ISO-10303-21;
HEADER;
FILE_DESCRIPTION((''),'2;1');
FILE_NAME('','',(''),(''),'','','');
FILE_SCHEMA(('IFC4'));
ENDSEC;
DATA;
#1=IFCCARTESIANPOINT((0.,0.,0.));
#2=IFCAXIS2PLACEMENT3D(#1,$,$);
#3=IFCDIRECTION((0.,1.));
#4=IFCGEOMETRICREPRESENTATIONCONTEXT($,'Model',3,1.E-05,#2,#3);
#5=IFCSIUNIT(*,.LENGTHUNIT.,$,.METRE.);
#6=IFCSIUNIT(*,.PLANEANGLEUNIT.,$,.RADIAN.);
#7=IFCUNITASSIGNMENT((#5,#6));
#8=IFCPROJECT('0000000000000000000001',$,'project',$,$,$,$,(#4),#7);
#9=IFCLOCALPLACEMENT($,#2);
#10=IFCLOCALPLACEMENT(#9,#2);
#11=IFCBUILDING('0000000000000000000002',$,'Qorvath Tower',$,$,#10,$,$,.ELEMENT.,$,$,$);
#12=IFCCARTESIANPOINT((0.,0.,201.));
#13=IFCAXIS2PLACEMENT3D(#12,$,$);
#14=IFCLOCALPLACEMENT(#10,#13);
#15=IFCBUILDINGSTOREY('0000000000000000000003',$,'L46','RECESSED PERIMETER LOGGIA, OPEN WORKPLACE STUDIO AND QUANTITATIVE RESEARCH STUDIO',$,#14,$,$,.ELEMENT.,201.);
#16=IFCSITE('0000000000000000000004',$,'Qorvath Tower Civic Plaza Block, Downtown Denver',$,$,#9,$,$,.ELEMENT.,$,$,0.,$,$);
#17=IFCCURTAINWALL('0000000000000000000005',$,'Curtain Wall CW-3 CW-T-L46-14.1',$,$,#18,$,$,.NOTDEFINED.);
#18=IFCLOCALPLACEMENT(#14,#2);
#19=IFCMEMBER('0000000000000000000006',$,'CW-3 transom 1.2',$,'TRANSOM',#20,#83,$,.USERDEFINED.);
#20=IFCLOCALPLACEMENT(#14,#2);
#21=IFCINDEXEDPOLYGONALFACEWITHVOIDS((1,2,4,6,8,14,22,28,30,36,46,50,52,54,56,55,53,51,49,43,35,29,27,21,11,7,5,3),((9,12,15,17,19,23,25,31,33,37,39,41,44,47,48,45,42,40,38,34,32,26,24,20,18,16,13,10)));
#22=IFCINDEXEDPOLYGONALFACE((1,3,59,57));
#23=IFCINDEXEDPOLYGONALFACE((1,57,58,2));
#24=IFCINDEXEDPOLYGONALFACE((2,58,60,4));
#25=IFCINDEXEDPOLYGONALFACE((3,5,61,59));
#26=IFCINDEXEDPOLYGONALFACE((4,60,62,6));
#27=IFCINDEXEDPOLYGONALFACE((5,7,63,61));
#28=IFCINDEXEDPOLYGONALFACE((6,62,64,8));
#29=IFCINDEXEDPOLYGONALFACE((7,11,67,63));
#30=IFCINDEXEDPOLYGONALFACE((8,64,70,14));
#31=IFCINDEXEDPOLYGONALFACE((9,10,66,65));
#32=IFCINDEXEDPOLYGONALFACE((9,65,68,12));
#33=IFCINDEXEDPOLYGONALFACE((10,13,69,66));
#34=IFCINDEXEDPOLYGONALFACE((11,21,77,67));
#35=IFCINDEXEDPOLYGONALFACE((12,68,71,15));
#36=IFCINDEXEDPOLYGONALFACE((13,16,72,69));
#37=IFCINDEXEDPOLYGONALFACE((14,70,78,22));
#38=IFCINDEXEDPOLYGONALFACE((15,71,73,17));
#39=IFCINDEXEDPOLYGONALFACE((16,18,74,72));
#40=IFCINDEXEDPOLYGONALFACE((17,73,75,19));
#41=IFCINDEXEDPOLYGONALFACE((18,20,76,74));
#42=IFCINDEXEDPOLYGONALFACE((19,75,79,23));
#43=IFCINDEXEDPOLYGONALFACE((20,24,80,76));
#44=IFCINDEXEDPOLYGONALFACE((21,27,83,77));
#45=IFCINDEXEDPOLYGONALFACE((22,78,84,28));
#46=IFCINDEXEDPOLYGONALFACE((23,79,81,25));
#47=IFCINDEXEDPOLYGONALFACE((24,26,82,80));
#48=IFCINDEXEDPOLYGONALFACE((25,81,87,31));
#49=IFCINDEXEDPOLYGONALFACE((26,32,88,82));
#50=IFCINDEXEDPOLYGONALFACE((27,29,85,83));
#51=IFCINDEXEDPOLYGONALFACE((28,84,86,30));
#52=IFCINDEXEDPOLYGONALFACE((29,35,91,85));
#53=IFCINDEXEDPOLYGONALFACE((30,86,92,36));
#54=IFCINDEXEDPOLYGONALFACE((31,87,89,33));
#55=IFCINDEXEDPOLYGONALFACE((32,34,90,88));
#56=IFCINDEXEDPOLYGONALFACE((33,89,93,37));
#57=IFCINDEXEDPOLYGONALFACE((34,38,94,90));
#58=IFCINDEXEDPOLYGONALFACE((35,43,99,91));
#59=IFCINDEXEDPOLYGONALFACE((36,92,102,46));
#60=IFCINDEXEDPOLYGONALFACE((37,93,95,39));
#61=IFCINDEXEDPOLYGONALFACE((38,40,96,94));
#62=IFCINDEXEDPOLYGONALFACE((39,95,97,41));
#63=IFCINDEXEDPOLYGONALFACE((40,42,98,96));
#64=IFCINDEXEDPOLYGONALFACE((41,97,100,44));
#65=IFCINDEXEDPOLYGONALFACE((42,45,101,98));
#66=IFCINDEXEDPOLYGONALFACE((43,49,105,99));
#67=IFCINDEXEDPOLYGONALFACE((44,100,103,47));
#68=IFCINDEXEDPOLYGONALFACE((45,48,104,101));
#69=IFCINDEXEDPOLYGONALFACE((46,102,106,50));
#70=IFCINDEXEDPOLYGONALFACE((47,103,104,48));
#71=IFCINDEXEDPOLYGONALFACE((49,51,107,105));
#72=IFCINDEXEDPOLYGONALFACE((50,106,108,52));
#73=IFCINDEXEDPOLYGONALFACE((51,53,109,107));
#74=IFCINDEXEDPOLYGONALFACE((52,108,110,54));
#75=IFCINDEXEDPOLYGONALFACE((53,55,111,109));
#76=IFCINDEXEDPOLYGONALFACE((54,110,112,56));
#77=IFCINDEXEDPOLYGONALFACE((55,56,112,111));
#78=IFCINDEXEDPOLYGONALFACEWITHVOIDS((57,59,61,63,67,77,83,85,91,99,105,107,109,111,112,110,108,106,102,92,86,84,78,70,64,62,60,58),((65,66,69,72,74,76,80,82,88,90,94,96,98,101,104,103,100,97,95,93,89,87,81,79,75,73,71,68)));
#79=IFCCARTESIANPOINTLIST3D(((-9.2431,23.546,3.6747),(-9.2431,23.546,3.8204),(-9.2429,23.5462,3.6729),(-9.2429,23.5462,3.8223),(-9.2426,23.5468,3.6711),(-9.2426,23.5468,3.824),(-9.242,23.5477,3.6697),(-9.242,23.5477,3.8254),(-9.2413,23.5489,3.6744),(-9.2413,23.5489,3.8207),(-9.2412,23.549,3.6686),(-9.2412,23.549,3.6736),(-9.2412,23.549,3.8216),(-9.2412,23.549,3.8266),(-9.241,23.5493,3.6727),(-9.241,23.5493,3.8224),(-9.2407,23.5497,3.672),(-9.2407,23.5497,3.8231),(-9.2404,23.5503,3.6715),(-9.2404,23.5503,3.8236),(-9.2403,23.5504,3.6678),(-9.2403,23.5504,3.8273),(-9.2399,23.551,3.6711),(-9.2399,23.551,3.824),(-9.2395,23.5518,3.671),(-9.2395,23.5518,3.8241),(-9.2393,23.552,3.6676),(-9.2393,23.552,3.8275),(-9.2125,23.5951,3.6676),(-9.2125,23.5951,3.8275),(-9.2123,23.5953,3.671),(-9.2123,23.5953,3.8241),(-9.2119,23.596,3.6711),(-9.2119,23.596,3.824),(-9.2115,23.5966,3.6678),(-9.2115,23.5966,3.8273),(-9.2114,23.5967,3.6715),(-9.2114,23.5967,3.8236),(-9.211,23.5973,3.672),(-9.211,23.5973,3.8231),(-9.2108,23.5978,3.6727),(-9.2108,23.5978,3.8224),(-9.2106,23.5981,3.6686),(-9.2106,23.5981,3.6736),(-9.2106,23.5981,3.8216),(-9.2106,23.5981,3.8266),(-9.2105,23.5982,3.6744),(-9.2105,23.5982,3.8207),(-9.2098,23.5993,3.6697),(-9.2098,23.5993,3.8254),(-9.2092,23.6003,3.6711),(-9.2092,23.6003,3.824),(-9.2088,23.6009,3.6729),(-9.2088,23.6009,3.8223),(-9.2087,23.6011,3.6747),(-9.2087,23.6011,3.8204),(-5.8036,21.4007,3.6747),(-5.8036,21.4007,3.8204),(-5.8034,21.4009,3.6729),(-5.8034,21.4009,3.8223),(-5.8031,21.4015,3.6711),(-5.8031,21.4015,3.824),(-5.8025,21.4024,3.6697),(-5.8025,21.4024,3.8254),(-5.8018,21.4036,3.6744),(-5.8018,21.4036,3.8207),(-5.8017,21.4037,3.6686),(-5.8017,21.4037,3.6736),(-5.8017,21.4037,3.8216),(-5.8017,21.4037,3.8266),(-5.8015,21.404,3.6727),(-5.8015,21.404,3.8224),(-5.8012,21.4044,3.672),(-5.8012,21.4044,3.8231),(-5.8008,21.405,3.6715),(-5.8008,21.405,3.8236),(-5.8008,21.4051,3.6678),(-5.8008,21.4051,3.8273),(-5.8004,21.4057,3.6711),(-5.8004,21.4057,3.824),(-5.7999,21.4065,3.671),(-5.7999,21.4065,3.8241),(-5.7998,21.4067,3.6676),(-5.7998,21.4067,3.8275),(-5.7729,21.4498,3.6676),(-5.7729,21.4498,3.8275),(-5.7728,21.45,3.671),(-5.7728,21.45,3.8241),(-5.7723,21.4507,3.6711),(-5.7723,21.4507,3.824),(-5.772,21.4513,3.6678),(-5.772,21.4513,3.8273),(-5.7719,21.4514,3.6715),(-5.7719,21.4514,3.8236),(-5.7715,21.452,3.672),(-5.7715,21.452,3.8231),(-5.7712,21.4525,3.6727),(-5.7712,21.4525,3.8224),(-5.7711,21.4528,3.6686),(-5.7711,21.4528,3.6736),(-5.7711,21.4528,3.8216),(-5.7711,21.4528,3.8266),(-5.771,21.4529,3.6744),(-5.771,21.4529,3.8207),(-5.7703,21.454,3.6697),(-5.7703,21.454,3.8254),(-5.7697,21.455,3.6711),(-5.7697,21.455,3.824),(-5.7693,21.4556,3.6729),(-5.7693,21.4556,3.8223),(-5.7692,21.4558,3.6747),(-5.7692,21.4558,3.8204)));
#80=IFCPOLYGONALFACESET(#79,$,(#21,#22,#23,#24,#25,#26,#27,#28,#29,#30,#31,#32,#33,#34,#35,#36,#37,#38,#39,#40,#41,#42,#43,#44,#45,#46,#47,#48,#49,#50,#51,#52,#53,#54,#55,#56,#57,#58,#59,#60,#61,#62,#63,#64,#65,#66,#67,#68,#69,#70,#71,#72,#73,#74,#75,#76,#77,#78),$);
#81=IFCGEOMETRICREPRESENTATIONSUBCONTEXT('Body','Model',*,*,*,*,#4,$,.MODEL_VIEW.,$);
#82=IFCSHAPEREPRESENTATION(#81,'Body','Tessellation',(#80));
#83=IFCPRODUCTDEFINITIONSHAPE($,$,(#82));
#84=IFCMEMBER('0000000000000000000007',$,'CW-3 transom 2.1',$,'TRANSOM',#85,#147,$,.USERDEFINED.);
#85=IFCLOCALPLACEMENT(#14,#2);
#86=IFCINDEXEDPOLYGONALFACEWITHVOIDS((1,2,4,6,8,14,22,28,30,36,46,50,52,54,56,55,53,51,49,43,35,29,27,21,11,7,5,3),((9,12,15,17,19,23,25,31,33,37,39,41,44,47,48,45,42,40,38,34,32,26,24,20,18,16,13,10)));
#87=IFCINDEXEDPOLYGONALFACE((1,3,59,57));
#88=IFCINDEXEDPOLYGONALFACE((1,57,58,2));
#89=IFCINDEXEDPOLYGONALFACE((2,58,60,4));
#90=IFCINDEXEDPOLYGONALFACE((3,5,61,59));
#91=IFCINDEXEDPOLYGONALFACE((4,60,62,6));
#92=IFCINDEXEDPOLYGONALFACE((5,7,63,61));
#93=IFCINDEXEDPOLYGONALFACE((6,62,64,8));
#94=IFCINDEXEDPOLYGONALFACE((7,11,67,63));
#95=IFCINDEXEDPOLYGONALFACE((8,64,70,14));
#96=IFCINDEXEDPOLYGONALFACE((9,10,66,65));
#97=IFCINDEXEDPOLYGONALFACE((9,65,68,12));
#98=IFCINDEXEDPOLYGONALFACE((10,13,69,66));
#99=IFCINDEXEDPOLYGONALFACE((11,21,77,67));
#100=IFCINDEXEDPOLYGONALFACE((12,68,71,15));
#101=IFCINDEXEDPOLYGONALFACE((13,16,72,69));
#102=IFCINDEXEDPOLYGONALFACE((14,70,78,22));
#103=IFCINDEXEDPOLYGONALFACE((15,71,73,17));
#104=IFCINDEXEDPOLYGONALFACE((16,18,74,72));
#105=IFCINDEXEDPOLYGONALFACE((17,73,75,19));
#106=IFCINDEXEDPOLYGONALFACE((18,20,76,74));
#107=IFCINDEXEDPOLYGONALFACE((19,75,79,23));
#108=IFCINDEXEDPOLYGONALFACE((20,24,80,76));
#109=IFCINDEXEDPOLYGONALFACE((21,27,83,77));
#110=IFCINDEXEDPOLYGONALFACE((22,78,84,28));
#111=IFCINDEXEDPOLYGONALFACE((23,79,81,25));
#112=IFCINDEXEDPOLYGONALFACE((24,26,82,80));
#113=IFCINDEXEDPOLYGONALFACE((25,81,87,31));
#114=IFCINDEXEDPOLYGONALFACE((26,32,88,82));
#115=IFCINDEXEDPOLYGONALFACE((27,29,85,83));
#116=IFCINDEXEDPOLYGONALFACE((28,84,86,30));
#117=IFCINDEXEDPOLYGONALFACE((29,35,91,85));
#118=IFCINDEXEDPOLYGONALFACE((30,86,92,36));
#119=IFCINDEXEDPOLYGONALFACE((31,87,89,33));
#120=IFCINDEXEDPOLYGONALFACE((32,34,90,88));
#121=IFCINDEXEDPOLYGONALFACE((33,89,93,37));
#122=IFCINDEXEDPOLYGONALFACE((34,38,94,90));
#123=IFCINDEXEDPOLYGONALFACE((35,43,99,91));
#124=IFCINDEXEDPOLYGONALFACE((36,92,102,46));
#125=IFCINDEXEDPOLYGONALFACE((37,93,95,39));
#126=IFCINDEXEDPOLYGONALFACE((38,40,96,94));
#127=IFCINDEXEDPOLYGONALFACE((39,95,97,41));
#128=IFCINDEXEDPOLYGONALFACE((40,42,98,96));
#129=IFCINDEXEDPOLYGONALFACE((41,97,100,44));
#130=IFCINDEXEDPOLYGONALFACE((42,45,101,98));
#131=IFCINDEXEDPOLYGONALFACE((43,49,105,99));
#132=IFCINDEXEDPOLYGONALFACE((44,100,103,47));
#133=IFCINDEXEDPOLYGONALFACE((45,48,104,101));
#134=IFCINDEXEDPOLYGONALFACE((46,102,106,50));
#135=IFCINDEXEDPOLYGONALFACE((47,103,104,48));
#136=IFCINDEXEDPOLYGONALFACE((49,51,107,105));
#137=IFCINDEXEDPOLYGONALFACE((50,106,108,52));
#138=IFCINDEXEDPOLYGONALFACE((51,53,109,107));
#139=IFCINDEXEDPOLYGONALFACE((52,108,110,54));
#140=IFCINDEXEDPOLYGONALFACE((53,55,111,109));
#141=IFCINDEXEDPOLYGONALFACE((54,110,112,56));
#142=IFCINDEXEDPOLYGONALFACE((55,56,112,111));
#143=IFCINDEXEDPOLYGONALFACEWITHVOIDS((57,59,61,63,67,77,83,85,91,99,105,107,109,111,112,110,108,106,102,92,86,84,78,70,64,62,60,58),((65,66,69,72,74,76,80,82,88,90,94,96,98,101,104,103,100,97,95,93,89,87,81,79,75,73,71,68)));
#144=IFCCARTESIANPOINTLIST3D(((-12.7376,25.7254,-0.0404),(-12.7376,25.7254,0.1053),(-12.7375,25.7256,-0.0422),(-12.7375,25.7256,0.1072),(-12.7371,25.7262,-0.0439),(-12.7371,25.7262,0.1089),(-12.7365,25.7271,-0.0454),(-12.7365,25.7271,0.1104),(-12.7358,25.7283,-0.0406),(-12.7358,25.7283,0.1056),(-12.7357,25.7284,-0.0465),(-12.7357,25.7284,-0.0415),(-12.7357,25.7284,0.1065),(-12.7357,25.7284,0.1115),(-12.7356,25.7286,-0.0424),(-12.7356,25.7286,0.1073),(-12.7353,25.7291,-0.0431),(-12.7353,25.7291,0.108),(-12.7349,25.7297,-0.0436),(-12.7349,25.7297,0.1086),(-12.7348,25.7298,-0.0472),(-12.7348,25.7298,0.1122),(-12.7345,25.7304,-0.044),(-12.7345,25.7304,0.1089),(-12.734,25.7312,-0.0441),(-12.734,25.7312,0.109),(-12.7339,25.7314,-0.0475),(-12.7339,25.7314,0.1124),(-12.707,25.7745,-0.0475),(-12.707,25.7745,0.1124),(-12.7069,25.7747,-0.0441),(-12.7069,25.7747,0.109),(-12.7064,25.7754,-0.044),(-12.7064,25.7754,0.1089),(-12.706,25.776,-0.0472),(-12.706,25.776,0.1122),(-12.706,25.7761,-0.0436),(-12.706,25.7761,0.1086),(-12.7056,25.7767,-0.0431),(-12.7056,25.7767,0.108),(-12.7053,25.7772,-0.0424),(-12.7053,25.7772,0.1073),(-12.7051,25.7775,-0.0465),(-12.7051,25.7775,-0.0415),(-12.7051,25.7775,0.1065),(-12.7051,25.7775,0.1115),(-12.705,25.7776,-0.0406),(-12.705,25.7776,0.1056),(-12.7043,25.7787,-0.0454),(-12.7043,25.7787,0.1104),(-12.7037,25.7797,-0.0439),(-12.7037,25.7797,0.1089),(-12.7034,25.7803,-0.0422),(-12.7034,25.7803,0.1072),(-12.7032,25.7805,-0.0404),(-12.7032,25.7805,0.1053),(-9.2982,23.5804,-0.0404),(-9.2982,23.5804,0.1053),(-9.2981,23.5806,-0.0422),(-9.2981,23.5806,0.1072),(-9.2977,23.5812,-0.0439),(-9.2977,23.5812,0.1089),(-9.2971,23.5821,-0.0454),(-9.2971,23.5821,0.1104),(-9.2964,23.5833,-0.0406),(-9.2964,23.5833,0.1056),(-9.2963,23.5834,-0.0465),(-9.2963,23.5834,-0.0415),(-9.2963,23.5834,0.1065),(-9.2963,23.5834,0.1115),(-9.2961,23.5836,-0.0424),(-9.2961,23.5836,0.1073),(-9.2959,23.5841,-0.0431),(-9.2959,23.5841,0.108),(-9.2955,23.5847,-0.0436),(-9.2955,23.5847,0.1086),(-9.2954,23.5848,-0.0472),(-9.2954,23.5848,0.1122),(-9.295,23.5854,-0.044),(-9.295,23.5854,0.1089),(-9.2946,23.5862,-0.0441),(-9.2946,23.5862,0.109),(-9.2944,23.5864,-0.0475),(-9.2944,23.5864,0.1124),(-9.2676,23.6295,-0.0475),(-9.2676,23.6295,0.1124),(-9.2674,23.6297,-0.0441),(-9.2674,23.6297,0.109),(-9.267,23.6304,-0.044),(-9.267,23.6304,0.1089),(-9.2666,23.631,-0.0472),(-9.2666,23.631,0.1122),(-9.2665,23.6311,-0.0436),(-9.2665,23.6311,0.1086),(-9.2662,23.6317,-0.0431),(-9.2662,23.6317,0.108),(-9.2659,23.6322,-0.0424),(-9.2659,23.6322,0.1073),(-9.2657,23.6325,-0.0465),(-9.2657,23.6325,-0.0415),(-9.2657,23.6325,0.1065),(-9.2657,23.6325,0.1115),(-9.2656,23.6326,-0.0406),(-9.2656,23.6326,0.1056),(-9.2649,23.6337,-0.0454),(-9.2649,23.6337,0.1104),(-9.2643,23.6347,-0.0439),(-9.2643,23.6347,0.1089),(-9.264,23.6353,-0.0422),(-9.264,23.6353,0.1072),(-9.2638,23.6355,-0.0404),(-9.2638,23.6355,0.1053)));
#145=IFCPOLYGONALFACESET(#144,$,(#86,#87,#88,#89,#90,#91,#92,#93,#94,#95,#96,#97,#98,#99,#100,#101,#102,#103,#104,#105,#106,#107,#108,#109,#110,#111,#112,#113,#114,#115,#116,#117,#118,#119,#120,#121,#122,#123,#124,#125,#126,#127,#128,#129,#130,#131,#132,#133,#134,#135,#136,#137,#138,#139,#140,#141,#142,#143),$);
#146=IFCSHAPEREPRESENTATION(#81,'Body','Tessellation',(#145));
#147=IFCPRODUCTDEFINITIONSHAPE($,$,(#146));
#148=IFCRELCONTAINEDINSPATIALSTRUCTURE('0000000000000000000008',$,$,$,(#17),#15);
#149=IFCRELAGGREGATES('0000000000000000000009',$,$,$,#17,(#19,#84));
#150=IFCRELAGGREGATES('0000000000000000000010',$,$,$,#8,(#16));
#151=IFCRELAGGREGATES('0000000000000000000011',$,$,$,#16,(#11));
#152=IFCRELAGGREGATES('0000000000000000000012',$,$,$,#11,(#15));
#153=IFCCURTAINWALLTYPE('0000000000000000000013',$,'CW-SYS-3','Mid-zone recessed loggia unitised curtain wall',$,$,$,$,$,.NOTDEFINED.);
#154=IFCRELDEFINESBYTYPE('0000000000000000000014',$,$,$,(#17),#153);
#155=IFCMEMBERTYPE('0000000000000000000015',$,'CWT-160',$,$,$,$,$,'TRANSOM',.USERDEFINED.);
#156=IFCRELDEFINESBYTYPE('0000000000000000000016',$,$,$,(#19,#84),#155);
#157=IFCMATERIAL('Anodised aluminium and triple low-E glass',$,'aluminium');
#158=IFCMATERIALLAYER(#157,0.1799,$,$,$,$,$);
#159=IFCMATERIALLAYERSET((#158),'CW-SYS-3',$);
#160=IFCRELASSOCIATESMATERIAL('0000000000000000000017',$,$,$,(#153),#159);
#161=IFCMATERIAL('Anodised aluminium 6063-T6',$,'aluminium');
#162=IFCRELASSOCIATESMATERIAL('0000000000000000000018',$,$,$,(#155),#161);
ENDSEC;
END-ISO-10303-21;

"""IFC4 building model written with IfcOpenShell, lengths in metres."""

from ifc_helpers import new_model, si_unit, direction, frame, origin, origin_2d, place, context, subcontext, project, spatial, hollow_rectangle, extrude, material, layer, layer_set, material_profile, profile_set, type_object, element, aggregate, save


model = new_model("IFC4")

# Units and contexts
model_context = context("Model", 3, precision=1e-05, world=origin(), true_north=direction((0.0, 1.0)))
body_context = subcontext(model_context, "Body", "Model", "MODEL_VIEW")
ifc_project = project(units=[si_unit("LENGTHUNIT", "METRE"), si_unit("PLANEANGLEUNIT", "RADIAN")], contexts=[model_context])

# Site, building, storey
site_placement = place(None, origin())
site = spatial("IfcSite", under=ifc_project, at=site_placement, Name="Qorvath Tower Civic Plaza Block, Downtown Denver", CompositionType="ELEMENT", RefElevation=0.0)
building_placement = place(site_placement, origin())
building = spatial("IfcBuilding", under=site, at=building_placement, Name="Qorvath Tower", CompositionType="ELEMENT")
storey_placement = place(building_placement, frame((0.0, 0.0, 201.0)))
storey = spatial("IfcBuildingStorey", under=building, at=storey_placement, Name="L46", Description="RECESSED PERIMETER LOGGIA, OPEN WORKPLACE STUDIO AND QUANTITATIVE RESEARCH STUDIO", CompositionType="ELEMENT", Elevation=201.0)

# Shared definitions
ifc_material_1 = material(Name="Anodised aluminium and triple low-E glass", Category="aluminium")
ifc_layer_1 = layer(ifc_material_1, 0.1799)
ifc_layer_set_1 = layer_set([ifc_layer_1], Name="CW-SYS-3")
curtain_wall_type = type_object("IfcCurtainWallType", Name="CW-SYS-3", Description="Mid-zone recessed loggia unitised curtain wall", PredefinedType="NOTDEFINED", material=ifc_layer_set_1)

# Curtain wall
curtain_wall_1_placement = place(storey_placement, origin())
curtain_wall_1 = element("IfcCurtainWall", 1, at=curtain_wall_1_placement, inside=storey, type_object=curtain_wall_type, Name="Curtain Wall CW-3 CW-T-L46-14.1", PredefinedType="NOTDEFINED")

# Members
ifc_material_2 = material(Name="Anodised aluminium 6063-T6", Category="aluminium")
ifc_material_profile_1 = material_profile(ifc_material_2, hollow_rectangle(XDim=0.0649, YDim=0.1599, WallThickness=0.0034, InnerFilletRadius=0.0034, OuterFilletRadius=0.0071, at=origin_2d()), Name="CWT 160x65")
ifc_profile_set_1 = profile_set([ifc_material_profile_1], Name="Anodised aluminium 6063-T6")
member_type_1 = type_object("IfcMemberType", Name="CWT-160", ElementType="TRANSOM", PredefinedType="USERDEFINED", material=ifc_profile_set_1)
member_1_placement = place(storey_placement, frame((-5.7864, 21.4282, 3.7476), z_axis=(-0.848485, 0.529219, 0.0), x_axis=(-0.529219, -0.848485, 0.0)))
member_1 = element("IfcMember", 2, at=member_1_placement, type_object=member_type_1, Name="CW-3 transom 1.2", ObjectType="TRANSOM", PredefinedType="USERDEFINED", context=body_context, shape_type="SweptSolid", body=[
    extrude(hollow_rectangle(XDim=0.0649, YDim=0.1599, WallThickness=0.0034, InnerFilletRadius=0.0034, OuterFilletRadius=0.0071, at=origin_2d()), origin(), (0.0, 0.0, 1.0), 4.0537),
])
member_2_placement = place(storey_placement, frame((-9.281, 23.6079, 0.0325), z_axis=(-0.848512, 0.529176, 0.0), x_axis=(-0.529176, -0.848512, 0.0)))
member_2 = element("IfcMember", 3, at=member_2_placement, type_object=member_type_1, Name="CW-3 transom 2.1", ObjectType="TRANSOM", PredefinedType="USERDEFINED", context=body_context, shape_type="SweptSolid", body=[
    extrude(hollow_rectangle(XDim=0.0649, YDim=0.1599, WallThickness=0.0034, InnerFilletRadius=0.0034, OuterFilletRadius=0.0071, at=origin_2d()), origin(), (0.0, 0.0, 1.0), 4.0535),
])

aggregate(curtain_wall_1, [member_1, member_2])

save(model, "model.ifc")
